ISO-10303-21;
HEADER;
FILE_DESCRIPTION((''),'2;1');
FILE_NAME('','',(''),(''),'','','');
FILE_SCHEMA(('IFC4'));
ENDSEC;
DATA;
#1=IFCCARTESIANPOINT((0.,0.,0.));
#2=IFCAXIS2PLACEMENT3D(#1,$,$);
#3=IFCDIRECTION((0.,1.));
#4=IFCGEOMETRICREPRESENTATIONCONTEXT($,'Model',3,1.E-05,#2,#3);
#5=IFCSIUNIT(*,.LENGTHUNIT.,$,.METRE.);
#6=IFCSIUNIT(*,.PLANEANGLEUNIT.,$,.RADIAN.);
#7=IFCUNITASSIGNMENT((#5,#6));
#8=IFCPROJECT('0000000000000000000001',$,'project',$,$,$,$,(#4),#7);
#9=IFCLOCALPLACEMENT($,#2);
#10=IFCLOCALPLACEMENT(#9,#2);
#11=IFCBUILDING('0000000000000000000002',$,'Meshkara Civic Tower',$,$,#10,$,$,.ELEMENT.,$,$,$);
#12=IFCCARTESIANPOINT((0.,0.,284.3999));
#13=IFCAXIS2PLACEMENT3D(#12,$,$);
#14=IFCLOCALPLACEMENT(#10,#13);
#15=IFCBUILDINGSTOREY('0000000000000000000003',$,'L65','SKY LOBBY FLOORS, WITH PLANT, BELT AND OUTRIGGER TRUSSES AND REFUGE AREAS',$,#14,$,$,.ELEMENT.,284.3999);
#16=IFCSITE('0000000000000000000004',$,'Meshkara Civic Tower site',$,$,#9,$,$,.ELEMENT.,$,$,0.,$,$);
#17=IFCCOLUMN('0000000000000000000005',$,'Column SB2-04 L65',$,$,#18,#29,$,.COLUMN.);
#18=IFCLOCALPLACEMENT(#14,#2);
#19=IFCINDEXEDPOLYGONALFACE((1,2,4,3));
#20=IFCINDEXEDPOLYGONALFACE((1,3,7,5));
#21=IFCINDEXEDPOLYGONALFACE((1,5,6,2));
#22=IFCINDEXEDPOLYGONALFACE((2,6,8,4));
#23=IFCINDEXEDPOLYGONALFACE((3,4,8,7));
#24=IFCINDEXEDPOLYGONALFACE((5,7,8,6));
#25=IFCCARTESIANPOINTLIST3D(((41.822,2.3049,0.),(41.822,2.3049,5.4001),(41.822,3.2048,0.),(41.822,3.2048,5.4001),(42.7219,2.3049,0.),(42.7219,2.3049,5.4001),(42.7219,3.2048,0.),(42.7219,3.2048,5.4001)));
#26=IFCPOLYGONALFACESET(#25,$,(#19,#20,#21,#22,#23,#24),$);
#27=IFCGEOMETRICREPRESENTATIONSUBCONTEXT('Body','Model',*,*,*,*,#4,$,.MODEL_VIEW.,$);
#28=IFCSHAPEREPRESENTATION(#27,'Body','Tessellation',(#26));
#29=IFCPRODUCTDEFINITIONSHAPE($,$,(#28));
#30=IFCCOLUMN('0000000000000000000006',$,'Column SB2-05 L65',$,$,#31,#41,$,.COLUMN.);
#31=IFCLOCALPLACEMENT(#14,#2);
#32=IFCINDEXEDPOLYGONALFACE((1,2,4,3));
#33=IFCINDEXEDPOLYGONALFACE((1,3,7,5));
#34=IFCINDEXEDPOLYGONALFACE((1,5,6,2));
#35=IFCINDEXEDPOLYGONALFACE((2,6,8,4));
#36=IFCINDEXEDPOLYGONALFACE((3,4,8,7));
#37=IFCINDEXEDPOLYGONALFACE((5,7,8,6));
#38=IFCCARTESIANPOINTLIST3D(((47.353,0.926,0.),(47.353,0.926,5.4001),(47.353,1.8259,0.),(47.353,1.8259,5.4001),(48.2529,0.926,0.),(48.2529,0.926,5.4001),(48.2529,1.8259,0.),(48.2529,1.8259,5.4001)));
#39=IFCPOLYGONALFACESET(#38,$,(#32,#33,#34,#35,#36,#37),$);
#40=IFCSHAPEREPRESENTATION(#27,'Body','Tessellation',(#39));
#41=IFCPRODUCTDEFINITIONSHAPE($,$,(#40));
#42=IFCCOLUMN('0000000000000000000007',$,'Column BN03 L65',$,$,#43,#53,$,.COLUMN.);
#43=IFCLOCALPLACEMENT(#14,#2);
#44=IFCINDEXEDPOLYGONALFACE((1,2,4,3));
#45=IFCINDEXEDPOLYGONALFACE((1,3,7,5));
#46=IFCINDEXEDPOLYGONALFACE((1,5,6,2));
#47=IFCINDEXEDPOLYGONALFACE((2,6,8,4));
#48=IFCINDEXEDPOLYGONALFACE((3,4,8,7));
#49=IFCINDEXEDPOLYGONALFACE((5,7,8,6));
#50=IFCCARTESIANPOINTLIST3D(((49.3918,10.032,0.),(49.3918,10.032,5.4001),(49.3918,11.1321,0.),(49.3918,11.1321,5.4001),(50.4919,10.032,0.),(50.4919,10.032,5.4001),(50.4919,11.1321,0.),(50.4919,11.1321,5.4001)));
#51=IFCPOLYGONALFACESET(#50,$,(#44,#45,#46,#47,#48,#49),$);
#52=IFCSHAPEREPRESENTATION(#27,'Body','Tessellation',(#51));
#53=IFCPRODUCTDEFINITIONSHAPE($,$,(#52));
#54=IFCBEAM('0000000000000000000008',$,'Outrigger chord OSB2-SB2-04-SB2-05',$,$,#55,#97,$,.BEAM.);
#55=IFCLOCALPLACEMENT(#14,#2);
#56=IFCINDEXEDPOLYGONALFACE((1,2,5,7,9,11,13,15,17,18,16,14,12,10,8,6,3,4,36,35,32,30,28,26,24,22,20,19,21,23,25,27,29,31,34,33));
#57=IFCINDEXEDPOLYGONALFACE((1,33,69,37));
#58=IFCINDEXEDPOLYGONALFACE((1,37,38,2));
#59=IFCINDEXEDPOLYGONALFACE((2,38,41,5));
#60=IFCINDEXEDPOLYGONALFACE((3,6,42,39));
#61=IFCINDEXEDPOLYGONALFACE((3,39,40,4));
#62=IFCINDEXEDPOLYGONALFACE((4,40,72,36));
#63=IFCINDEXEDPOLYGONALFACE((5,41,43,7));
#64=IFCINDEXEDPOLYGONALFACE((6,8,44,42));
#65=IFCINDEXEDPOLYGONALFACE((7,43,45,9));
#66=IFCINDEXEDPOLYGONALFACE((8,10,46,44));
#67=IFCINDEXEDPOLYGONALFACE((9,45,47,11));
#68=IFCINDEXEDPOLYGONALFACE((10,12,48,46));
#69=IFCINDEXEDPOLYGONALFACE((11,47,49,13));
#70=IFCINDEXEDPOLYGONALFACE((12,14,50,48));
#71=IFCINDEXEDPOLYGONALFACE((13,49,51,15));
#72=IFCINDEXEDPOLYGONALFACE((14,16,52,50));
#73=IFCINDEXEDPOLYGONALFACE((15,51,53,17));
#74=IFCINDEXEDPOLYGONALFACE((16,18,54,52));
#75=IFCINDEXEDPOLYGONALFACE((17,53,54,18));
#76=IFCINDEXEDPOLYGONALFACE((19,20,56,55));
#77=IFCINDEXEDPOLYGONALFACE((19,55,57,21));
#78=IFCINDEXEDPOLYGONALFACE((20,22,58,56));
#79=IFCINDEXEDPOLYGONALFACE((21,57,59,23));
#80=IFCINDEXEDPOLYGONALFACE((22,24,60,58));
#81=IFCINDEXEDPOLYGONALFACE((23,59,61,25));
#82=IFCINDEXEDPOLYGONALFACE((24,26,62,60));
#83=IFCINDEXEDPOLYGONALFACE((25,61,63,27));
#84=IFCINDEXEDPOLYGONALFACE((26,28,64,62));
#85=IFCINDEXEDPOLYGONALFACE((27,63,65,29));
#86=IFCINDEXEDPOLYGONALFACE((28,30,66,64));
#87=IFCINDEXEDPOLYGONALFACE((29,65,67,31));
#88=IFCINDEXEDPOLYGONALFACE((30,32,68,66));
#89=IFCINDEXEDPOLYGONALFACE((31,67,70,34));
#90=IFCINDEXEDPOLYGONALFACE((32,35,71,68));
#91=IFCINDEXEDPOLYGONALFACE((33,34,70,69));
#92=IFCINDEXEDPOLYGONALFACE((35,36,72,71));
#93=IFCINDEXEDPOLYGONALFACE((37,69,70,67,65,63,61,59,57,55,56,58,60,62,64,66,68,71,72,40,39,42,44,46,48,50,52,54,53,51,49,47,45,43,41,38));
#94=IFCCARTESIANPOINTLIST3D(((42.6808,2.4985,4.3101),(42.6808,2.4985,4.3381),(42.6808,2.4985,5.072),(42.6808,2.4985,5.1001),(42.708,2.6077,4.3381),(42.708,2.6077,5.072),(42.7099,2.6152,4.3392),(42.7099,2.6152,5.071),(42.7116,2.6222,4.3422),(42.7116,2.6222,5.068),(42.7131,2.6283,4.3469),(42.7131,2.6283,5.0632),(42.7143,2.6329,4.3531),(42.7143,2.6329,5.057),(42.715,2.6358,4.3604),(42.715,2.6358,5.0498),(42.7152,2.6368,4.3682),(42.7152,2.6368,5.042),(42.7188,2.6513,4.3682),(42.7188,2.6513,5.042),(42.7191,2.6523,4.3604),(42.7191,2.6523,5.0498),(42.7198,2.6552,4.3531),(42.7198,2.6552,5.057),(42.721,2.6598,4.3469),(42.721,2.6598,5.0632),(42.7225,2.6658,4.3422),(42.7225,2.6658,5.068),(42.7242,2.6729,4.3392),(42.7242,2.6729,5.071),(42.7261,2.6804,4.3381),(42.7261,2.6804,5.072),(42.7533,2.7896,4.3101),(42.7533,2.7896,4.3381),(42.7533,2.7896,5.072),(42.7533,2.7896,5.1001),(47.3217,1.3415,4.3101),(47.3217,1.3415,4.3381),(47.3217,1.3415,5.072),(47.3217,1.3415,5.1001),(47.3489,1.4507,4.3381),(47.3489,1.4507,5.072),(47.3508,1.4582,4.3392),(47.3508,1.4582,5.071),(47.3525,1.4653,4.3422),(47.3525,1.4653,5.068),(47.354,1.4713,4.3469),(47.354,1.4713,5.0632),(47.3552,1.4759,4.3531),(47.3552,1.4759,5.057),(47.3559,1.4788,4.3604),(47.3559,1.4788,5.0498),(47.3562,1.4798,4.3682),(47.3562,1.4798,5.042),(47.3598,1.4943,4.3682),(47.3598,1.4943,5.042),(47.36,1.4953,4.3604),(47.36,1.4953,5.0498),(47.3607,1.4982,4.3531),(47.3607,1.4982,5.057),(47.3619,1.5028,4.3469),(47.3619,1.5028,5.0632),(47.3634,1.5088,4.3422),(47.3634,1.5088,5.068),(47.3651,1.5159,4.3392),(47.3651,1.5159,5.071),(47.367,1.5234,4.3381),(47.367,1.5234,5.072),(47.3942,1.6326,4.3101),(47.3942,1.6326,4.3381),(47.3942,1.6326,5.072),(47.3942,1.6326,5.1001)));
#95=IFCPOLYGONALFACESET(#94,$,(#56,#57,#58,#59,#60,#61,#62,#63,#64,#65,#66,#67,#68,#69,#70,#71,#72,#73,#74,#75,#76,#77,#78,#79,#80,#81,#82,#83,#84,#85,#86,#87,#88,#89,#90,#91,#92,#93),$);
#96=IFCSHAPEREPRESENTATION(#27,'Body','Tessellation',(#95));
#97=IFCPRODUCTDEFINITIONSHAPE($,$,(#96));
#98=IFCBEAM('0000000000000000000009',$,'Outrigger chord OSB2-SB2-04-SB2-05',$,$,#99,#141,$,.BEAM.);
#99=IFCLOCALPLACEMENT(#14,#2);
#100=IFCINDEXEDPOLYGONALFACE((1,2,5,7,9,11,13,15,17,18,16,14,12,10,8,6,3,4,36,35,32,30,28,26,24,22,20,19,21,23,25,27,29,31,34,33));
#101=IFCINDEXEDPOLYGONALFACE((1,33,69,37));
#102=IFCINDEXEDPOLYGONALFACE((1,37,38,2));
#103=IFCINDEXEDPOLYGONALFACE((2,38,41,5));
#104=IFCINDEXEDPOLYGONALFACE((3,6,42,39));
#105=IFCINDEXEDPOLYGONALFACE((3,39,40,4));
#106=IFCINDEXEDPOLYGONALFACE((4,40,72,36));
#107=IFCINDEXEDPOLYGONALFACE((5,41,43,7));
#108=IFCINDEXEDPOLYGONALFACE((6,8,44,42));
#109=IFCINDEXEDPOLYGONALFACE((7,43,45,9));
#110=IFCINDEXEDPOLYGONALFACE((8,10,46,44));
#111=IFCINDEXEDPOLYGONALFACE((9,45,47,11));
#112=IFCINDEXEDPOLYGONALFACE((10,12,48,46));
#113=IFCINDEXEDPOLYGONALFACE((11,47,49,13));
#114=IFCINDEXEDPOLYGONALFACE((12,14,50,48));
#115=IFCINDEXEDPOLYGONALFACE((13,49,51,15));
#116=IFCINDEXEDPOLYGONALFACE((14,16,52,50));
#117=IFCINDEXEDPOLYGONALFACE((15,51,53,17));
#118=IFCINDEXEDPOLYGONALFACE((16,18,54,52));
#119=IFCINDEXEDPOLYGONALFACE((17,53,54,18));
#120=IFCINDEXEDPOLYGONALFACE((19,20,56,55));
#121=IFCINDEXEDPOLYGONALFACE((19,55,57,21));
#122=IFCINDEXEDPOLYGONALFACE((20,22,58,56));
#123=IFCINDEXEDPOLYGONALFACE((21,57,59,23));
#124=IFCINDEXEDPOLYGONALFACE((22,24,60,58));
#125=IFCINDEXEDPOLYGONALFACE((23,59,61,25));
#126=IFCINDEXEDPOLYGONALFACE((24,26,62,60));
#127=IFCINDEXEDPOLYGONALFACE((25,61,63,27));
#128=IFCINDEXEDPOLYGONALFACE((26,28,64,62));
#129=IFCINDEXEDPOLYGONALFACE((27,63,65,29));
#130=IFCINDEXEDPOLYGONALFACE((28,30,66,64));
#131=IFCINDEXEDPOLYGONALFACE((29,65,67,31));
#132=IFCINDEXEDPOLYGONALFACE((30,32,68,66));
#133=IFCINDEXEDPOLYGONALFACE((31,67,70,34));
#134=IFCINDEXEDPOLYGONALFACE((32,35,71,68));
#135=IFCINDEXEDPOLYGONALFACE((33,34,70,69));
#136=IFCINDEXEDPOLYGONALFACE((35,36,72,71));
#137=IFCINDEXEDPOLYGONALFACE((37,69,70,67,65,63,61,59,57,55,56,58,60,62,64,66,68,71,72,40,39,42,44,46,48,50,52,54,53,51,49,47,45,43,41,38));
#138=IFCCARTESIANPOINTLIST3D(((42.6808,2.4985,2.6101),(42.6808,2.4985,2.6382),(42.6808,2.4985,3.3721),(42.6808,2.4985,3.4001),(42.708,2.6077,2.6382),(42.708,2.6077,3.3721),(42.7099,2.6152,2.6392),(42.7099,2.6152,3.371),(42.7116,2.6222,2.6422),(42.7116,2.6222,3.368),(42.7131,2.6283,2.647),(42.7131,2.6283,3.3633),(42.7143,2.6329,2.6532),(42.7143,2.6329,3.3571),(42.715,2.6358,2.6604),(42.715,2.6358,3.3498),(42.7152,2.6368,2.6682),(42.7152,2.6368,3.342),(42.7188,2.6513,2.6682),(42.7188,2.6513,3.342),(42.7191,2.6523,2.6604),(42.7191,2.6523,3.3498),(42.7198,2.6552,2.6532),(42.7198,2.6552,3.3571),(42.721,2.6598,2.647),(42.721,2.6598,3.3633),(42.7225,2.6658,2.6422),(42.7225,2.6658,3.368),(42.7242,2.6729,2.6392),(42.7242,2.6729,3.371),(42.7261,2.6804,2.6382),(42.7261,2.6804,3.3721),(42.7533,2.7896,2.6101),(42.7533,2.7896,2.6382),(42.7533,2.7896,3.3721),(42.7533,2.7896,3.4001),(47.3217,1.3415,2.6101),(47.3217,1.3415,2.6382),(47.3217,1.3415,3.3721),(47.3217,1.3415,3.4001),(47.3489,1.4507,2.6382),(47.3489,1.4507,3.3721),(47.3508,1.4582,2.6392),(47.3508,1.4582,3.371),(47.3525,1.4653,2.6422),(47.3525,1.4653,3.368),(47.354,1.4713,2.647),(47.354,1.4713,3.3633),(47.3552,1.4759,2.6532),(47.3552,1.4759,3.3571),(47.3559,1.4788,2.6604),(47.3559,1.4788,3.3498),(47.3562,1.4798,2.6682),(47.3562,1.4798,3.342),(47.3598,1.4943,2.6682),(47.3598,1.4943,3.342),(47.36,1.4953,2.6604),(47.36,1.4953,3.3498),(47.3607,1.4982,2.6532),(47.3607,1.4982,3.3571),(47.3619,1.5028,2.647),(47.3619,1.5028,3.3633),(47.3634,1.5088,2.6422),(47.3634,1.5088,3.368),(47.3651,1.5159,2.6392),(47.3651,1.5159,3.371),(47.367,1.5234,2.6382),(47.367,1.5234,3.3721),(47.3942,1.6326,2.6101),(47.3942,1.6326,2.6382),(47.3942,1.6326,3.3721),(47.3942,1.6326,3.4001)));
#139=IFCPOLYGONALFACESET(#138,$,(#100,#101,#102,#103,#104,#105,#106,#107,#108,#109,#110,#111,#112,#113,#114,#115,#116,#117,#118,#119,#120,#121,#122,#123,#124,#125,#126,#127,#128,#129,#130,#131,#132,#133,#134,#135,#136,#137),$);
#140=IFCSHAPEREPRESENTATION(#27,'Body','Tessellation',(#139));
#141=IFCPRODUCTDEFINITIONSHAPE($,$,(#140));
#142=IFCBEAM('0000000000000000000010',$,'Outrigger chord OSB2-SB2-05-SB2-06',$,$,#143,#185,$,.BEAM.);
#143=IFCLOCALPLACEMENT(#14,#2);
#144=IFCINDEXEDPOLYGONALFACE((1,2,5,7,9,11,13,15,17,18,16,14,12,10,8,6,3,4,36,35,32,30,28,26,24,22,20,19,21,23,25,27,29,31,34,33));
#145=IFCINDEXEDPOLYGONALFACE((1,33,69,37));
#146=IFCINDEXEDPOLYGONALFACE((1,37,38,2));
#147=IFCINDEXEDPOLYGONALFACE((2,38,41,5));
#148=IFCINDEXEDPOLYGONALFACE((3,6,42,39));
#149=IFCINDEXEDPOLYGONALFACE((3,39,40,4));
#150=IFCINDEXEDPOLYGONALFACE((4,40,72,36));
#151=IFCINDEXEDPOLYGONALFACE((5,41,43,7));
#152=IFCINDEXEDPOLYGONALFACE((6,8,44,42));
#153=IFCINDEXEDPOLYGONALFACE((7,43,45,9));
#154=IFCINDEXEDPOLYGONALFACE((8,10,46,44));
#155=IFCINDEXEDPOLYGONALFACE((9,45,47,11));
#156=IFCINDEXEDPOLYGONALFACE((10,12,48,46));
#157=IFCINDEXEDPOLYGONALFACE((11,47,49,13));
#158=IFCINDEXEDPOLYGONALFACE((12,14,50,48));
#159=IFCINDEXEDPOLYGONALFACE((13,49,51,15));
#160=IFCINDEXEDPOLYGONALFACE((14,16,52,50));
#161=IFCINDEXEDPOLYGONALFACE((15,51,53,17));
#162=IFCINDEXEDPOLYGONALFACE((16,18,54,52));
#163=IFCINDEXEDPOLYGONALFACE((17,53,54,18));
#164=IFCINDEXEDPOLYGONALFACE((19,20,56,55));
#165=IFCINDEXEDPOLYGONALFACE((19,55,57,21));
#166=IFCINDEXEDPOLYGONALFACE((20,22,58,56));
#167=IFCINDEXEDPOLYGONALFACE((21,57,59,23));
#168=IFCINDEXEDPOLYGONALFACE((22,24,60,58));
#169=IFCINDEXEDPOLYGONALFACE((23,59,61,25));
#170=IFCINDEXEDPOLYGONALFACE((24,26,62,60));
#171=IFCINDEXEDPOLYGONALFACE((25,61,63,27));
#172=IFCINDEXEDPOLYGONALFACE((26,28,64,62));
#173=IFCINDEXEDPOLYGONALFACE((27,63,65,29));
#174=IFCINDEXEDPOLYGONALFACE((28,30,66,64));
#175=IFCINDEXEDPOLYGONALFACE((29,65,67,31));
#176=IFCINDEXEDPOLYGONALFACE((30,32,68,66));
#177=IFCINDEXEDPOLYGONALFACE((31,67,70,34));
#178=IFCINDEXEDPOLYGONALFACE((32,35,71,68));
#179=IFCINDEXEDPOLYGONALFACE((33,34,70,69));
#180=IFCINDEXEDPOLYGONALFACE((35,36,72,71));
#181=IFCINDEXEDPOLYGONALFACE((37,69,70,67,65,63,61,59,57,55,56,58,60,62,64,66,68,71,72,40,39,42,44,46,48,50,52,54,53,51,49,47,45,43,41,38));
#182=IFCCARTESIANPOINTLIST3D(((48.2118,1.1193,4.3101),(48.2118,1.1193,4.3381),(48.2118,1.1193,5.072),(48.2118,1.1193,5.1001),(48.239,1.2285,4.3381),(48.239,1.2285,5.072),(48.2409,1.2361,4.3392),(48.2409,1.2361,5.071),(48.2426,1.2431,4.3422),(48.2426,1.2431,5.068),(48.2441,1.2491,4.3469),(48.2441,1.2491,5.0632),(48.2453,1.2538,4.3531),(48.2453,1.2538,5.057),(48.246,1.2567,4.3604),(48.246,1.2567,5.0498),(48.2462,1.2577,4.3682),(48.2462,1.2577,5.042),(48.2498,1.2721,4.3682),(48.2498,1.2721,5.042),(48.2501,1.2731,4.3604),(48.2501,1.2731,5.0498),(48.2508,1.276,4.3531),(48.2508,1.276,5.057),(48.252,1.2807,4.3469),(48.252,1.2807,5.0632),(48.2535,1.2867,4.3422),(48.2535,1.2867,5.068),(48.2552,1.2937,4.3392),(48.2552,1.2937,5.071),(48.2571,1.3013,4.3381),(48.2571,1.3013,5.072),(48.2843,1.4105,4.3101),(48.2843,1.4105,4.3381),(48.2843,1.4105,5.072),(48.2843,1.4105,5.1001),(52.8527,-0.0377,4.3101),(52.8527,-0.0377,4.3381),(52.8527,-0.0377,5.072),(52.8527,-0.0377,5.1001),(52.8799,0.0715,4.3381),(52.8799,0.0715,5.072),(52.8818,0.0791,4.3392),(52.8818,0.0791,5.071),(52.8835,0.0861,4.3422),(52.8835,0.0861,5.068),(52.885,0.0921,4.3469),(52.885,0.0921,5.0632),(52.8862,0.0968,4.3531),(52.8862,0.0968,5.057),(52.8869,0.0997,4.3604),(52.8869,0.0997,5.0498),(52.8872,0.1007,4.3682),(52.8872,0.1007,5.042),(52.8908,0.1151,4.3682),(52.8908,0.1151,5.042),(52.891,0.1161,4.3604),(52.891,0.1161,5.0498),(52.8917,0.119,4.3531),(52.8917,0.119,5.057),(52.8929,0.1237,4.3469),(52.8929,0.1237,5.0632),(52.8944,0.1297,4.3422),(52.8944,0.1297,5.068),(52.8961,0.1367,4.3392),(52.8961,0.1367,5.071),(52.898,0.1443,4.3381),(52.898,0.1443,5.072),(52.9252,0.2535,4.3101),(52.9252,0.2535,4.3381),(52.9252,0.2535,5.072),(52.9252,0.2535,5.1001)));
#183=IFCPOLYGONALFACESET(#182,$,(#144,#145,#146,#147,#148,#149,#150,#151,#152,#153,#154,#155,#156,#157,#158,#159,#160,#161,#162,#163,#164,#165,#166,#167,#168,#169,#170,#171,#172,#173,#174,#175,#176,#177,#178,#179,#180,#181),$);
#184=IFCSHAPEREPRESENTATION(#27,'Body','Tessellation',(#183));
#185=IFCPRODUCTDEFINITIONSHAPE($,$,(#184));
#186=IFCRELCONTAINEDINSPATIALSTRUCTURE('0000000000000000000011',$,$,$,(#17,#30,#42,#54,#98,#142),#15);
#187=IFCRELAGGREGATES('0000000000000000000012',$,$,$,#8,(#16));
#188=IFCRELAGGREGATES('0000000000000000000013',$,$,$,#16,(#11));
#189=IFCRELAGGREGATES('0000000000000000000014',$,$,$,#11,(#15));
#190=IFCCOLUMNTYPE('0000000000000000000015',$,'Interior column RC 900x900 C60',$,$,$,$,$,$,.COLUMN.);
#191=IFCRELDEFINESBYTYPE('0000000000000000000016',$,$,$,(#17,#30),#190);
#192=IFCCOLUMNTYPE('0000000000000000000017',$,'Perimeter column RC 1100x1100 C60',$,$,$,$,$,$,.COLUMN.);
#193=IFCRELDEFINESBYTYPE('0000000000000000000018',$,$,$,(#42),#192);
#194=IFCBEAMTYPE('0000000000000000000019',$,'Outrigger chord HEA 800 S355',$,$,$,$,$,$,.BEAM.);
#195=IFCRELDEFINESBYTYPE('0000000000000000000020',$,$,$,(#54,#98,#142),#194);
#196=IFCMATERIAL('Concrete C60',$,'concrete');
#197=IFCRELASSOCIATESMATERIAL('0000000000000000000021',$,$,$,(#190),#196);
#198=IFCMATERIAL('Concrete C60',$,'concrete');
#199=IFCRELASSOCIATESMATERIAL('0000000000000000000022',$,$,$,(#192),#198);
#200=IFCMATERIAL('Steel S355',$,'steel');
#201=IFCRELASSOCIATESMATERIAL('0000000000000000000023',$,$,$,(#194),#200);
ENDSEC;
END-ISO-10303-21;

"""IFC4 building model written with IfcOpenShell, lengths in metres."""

from ifc_helpers import new_model, si_unit, direction, frame, origin, origin_2d, place, context, subcontext, project, spatial, rectangle, i_section, extrude, material, material_profile, profile_set, type_object, element, save


model = new_model("IFC4")

# Units and contexts
model_context = context("Model", 3, precision=1e-05, world=origin(), true_north=direction((0.0, 1.0)))
body_context = subcontext(model_context, "Body", "Model", "MODEL_VIEW")
ifc_project = project(units=[si_unit("LENGTHUNIT", "METRE"), si_unit("PLANEANGLEUNIT", "RADIAN")], contexts=[model_context])

# Site, building, storey
site_placement = place(None, origin())
site = spatial("IfcSite", under=ifc_project, at=site_placement, Name="Meshkara Civic Tower site", CompositionType="ELEMENT", RefElevation=0.0)
building_placement = place(site_placement, origin())
building = spatial("IfcBuilding", under=site, at=building_placement, Name="Meshkara Civic Tower", CompositionType="ELEMENT")
storey_placement = place(building_placement, frame((0.0, 0.0, 284.3999)))
storey = spatial("IfcBuildingStorey", under=building, at=storey_placement, Name="L65", Description="SKY LOBBY FLOORS, WITH PLANT, BELT AND OUTRIGGER TRUSSES AND REFUGE AREAS", CompositionType="ELEMENT", Elevation=284.3999)

# Columns
ifc_material_1 = material(Name="Concrete C60", Category="concrete")
ifc_material_profile_1 = material_profile(ifc_material_1, rectangle(XDim=0.8999, YDim=0.8999, at=origin_2d()))
ifc_profile_set_1 = profile_set([ifc_material_profile_1], Name="Concrete C60")
column_type_1 = type_object("IfcColumnType", Name="Interior column RC 900x900 C60", PredefinedType="COLUMN", material=ifc_profile_set_1)
for number, where, z_axis, x_axis, name in (
    (1, (42.272, 2.7549, 0.0), (0.0, 0.0, 1.0), (1.0, 0.0, 0.0), "Column SB2-04 L65"),
    (2, (47.803, 1.376, 0.0), (0.0, 0.0, 1.0), (1.0, 0.0, 0.0), "Column SB2-05 L65"),
):
    element("IfcColumn", number, at=place(storey_placement, frame(where, z_axis=z_axis, x_axis=x_axis)), inside=storey, type_object=column_type_1, Name=name, PredefinedType="COLUMN", context=body_context, shape_type="SweptSolid", body=[
        extrude(rectangle(XDim=0.8999, YDim=0.8999, at=origin_2d()), origin(), (0.0, 0.0, 1.0), 5.4001),
    ])
ifc_material_2 = material(Name="Concrete C60", Category="concrete")
ifc_material_profile_2 = material_profile(ifc_material_2, rectangle(XDim=1.1001, YDim=1.1001, at=origin_2d()))
ifc_profile_set_2 = profile_set([ifc_material_profile_2], Name="Concrete C60")
column_type_2 = type_object("IfcColumnType", Name="Perimeter column RC 1100x1100 C60", PredefinedType="COLUMN", material=ifc_profile_set_2)
column_placement = place(storey_placement, frame((49.9419, 10.582, 0.0), z_axis=(0.0, 0.0, 1.0), x_axis=(1.0, 0.0, 0.0)))
element("IfcColumn", 3, at=column_placement, inside=storey, type_object=column_type_2, Name="Column BN03 L65", PredefinedType="COLUMN", context=body_context, shape_type="SweptSolid", body=[
    extrude(rectangle(XDim=1.1001, YDim=1.1001, at=origin_2d()), origin(), (0.0, 0.0, 1.0), 5.4001),
])

# Beams
ifc_material_3 = material(Name="Steel S355", Category="steel")
ifc_material_profile_3 = material_profile(ifc_material_3, i_section(OverallWidth=0.3, OverallDepth=0.79, WebThickness=0.0149, FlangeThickness=0.0281, FilletRadius=0.03, at=origin_2d()))
ifc_profile_set_3 = profile_set([ifc_material_profile_3], Name="Steel S355")
beam_type = type_object("IfcBeamType", Name="Outrigger chord HEA 800 S355", PredefinedType="BEAM", material=ifc_profile_set_3)
for number, where, z_axis, x_axis, name in (
    (4, (42.717, 2.644, 4.7051), (0.970301, -0.241899, 0.0), (0.241899, 0.970301, 0.0), "Outrigger chord OSB2-SB2-04-SB2-05"),
    (5, (42.717, 2.644, 3.0051), (0.970301, -0.241899, 0.0), (0.241899, 0.970301, 0.0), "Outrigger chord OSB2-SB2-04-SB2-05"),
    (6, (48.248, 1.2649, 4.7051), (0.970301, -0.241899, 0.0), (0.241899, 0.970301, 0.0), "Outrigger chord OSB2-SB2-05-SB2-06"),
):
    element("IfcBeam", number, at=place(storey_placement, frame(where, z_axis=z_axis, x_axis=x_axis)), inside=storey, type_object=beam_type, Name=name, PredefinedType="BEAM", context=body_context, shape_type="SweptSolid", body=[
        extrude(i_section(OverallWidth=0.3, OverallDepth=0.79, WebThickness=0.0149, FlangeThickness=0.0281, FilletRadius=0.03, at=origin_2d()), origin(), (0.0, 0.0, 1.0), 4.783),
    ])

save(model, "model.ifc")
